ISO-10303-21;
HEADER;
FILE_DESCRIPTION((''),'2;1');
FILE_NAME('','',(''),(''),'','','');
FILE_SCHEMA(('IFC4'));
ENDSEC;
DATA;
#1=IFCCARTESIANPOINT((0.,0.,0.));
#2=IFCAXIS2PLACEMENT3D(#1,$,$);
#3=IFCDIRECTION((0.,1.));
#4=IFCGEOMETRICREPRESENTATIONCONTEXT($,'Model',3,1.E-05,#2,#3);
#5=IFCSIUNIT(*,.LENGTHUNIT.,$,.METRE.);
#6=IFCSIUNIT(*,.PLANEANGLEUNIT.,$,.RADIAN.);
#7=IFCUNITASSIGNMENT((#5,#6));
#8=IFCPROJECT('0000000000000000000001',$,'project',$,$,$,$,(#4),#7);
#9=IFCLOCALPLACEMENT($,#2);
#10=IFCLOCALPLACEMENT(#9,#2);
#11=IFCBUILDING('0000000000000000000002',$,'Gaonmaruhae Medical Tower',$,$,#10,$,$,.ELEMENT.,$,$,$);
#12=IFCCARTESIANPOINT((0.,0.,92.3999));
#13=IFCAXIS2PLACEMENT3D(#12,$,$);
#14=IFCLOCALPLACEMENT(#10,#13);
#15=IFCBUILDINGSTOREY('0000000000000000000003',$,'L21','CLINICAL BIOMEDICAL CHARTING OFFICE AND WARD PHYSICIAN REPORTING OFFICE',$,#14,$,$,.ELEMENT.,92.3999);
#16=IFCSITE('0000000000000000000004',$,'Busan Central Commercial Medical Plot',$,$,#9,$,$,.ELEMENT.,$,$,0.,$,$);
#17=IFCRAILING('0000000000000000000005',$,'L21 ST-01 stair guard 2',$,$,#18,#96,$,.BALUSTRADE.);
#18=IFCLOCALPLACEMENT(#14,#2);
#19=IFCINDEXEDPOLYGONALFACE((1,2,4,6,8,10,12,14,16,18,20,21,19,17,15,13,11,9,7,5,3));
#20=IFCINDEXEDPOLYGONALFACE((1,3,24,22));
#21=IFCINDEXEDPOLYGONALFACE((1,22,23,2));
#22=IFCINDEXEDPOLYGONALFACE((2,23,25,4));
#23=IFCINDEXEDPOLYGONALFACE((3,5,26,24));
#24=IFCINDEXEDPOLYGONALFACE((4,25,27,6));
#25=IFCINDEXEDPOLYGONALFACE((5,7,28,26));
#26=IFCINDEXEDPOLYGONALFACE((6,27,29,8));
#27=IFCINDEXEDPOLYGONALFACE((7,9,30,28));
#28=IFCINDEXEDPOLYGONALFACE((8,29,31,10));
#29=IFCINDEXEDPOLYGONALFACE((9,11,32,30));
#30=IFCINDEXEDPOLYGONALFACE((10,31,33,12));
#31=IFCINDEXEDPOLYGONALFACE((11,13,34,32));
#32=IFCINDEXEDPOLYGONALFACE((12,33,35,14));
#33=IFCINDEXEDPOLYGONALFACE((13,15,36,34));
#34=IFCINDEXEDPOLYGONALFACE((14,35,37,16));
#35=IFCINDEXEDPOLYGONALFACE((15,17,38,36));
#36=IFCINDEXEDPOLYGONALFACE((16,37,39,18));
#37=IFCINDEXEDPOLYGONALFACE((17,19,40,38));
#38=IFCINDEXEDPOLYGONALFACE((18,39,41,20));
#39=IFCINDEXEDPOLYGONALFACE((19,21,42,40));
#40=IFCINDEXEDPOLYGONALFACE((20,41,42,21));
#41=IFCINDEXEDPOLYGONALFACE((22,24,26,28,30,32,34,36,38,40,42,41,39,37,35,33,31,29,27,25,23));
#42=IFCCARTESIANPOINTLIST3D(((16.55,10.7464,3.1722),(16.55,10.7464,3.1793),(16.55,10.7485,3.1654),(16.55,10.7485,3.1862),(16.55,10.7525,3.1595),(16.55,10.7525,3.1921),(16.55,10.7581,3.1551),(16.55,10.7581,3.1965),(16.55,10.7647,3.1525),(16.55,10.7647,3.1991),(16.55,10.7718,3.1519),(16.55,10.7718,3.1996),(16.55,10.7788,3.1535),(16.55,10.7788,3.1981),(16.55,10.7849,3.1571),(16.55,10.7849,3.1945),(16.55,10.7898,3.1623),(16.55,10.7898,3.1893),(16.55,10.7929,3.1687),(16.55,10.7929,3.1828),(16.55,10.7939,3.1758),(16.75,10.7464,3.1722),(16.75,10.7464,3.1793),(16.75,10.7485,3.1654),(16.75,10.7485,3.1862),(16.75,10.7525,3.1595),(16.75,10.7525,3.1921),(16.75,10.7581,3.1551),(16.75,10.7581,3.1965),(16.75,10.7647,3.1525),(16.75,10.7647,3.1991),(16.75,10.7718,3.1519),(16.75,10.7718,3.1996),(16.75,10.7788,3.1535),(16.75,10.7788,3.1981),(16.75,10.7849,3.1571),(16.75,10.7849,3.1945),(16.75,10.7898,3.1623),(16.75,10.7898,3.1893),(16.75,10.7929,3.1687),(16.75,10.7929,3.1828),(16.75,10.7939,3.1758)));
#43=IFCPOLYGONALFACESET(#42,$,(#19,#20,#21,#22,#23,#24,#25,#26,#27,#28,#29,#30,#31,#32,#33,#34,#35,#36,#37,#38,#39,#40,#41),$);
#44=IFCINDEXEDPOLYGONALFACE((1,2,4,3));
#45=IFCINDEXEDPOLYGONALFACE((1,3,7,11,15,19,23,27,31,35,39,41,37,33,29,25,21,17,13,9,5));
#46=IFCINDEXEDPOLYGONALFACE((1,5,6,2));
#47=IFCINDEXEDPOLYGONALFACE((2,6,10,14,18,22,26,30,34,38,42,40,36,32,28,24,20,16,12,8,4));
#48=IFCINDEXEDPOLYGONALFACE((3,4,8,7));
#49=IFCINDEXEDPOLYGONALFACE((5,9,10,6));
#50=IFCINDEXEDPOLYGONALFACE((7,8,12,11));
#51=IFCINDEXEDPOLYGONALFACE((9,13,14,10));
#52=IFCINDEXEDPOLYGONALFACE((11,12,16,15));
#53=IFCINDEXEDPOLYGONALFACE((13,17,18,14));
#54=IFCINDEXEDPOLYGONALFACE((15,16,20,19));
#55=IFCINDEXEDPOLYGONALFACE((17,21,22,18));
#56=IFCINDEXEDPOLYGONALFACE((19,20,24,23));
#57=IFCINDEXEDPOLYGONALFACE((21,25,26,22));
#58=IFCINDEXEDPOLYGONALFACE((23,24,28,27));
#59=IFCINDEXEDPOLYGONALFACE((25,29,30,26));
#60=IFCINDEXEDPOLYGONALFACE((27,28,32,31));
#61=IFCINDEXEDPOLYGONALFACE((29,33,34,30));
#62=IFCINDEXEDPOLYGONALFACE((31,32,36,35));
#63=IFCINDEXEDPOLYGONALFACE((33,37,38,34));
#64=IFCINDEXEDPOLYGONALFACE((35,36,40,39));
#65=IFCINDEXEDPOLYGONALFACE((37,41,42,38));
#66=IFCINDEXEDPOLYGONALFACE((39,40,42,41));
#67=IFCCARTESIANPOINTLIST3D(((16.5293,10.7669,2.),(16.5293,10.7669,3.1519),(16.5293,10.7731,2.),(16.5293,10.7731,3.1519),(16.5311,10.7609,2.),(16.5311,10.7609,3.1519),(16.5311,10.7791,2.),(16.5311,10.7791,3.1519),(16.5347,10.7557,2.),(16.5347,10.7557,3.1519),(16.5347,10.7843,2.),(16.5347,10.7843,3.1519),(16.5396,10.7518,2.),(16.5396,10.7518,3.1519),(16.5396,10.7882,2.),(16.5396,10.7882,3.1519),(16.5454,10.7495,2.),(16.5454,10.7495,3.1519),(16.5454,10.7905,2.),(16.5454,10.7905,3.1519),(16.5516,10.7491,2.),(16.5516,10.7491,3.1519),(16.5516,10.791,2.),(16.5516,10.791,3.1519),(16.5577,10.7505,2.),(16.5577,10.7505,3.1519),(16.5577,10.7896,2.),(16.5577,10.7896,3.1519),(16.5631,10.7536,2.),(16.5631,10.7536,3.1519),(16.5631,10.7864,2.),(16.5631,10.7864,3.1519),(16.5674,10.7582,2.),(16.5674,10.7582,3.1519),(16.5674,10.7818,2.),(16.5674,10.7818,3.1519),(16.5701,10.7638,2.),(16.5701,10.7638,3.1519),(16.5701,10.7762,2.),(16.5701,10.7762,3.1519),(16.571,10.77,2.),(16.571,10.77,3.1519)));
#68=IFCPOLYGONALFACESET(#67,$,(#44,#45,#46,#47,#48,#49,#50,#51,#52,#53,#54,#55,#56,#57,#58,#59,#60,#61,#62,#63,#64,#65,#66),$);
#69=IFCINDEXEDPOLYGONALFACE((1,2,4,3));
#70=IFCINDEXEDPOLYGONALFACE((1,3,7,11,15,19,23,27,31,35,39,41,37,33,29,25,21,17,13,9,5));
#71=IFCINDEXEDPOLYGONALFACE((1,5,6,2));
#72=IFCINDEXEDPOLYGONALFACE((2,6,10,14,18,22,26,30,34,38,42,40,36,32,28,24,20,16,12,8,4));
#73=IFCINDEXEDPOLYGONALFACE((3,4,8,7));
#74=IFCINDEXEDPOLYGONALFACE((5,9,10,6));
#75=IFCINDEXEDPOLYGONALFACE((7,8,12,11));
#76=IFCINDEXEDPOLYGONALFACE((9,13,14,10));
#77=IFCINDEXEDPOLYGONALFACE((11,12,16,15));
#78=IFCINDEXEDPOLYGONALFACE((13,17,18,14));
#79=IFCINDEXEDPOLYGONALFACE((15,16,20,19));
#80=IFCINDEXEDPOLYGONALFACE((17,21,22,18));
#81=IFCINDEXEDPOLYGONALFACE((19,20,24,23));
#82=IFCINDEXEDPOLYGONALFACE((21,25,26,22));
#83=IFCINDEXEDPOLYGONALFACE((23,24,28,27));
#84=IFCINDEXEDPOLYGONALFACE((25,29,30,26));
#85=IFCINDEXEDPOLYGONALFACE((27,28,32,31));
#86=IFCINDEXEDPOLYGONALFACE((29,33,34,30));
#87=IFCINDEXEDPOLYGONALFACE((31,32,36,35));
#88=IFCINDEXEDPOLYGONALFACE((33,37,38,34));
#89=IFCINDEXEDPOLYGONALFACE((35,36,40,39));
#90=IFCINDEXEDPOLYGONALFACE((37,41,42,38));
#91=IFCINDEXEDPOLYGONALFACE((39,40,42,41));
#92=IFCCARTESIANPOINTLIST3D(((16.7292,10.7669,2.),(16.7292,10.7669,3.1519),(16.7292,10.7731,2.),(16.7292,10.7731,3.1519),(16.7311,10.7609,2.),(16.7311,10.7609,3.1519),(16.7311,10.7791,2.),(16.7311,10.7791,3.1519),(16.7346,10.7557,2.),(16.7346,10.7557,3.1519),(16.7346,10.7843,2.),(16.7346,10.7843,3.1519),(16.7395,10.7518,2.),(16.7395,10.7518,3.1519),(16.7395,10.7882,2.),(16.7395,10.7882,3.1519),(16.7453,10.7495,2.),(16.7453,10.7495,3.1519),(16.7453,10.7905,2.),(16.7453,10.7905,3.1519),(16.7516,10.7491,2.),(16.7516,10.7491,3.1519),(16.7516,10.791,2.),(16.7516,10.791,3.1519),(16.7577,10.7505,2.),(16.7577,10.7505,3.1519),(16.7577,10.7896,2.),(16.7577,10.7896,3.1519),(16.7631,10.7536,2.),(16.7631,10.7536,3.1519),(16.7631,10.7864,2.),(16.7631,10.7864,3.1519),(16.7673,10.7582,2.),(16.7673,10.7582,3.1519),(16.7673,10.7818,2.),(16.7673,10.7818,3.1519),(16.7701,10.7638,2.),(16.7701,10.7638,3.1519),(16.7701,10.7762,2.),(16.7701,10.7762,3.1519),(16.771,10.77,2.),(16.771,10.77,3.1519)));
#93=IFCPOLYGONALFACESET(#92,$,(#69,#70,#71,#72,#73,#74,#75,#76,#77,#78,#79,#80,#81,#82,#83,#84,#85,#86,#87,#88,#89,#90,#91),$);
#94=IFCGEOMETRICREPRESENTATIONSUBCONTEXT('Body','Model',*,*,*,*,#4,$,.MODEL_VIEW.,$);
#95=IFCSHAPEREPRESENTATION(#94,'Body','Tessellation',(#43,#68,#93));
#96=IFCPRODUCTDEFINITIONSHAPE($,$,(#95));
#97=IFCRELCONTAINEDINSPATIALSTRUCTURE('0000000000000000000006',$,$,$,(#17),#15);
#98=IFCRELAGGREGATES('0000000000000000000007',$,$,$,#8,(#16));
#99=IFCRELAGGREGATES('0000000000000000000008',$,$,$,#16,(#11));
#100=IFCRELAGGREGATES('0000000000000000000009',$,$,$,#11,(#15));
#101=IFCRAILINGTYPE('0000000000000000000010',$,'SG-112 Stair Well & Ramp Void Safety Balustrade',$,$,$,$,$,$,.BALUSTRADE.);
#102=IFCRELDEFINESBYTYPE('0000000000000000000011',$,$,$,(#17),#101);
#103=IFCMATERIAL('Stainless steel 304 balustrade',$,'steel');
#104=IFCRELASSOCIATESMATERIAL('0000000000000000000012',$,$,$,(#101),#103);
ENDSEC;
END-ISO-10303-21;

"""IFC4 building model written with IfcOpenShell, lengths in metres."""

from ifc_helpers import new_model, si_unit, direction, frame, origin, origin_2d, place, context, subcontext, project, spatial, circle, extrude, material, type_object, element, save


model = new_model("IFC4")

# Units and contexts
model_context = context("Model", 3, precision=1e-05, world=origin(), true_north=direction((0.0, 1.0)))
body_context = subcontext(model_context, "Body", "Model", "MODEL_VIEW")
ifc_project = project(units=[si_unit("LENGTHUNIT", "METRE"), si_unit("PLANEANGLEUNIT", "RADIAN")], contexts=[model_context])

# Site, building, storey
site_placement = place(None, origin())
site = spatial("IfcSite", under=ifc_project, at=site_placement, Name="Busan Central Commercial Medical Plot", CompositionType="ELEMENT", RefElevation=0.0)
building_placement = place(site_placement, origin())
building = spatial("IfcBuilding", under=site, at=building_placement, Name="Gaonmaruhae Medical Tower", CompositionType="ELEMENT")
storey_placement = place(building_placement, frame((0.0, 0.0, 92.3999)))
storey = spatial("IfcBuildingStorey", under=building, at=storey_placement, Name="L21", Description="CLINICAL BIOMEDICAL CHARTING OFFICE AND WARD PHYSICIAN REPORTING OFFICE", CompositionType="ELEMENT", Elevation=92.3999)

# Railing
ifc_material_1 = material(Name="Stainless steel 304 balustrade", Category="steel")
railing_type_1 = type_object("IfcRailingType", Name="SG-112 Stair Well & Ramp Void Safety Balustrade", PredefinedType="BALUSTRADE", material=ifc_material_1)
railing_1_placement = place(storey_placement, frame((16.55, 10.77, 2.0)))
element("IfcRailing", 1, at=railing_1_placement, inside=storey, type_object=railing_type_1, Name="L21 ST-01 stair guard 2", PredefinedType="BALUSTRADE", context=body_context, shape_type="SweptSolid", body=[
    extrude(circle(Radius=0.0239, at=origin_2d()), frame((0.0, 0.0, 1.1758), z_axis=(1.0, 0.0, 0.0), x_axis=(0.0, 1.0, 0.0)), (0.0, 0.0, 1.0), 0.2),
    extrude(circle(Radius=0.021, at=origin_2d()), origin(), (0.0, 0.0, 1.0), 1.1519),
    extrude(circle(Radius=0.021, at=origin_2d()), frame((0.2, 0.0, 0.0)), (0.0, 0.0, 1.0), 1.1519),
])

save(model, "model.ifc")
